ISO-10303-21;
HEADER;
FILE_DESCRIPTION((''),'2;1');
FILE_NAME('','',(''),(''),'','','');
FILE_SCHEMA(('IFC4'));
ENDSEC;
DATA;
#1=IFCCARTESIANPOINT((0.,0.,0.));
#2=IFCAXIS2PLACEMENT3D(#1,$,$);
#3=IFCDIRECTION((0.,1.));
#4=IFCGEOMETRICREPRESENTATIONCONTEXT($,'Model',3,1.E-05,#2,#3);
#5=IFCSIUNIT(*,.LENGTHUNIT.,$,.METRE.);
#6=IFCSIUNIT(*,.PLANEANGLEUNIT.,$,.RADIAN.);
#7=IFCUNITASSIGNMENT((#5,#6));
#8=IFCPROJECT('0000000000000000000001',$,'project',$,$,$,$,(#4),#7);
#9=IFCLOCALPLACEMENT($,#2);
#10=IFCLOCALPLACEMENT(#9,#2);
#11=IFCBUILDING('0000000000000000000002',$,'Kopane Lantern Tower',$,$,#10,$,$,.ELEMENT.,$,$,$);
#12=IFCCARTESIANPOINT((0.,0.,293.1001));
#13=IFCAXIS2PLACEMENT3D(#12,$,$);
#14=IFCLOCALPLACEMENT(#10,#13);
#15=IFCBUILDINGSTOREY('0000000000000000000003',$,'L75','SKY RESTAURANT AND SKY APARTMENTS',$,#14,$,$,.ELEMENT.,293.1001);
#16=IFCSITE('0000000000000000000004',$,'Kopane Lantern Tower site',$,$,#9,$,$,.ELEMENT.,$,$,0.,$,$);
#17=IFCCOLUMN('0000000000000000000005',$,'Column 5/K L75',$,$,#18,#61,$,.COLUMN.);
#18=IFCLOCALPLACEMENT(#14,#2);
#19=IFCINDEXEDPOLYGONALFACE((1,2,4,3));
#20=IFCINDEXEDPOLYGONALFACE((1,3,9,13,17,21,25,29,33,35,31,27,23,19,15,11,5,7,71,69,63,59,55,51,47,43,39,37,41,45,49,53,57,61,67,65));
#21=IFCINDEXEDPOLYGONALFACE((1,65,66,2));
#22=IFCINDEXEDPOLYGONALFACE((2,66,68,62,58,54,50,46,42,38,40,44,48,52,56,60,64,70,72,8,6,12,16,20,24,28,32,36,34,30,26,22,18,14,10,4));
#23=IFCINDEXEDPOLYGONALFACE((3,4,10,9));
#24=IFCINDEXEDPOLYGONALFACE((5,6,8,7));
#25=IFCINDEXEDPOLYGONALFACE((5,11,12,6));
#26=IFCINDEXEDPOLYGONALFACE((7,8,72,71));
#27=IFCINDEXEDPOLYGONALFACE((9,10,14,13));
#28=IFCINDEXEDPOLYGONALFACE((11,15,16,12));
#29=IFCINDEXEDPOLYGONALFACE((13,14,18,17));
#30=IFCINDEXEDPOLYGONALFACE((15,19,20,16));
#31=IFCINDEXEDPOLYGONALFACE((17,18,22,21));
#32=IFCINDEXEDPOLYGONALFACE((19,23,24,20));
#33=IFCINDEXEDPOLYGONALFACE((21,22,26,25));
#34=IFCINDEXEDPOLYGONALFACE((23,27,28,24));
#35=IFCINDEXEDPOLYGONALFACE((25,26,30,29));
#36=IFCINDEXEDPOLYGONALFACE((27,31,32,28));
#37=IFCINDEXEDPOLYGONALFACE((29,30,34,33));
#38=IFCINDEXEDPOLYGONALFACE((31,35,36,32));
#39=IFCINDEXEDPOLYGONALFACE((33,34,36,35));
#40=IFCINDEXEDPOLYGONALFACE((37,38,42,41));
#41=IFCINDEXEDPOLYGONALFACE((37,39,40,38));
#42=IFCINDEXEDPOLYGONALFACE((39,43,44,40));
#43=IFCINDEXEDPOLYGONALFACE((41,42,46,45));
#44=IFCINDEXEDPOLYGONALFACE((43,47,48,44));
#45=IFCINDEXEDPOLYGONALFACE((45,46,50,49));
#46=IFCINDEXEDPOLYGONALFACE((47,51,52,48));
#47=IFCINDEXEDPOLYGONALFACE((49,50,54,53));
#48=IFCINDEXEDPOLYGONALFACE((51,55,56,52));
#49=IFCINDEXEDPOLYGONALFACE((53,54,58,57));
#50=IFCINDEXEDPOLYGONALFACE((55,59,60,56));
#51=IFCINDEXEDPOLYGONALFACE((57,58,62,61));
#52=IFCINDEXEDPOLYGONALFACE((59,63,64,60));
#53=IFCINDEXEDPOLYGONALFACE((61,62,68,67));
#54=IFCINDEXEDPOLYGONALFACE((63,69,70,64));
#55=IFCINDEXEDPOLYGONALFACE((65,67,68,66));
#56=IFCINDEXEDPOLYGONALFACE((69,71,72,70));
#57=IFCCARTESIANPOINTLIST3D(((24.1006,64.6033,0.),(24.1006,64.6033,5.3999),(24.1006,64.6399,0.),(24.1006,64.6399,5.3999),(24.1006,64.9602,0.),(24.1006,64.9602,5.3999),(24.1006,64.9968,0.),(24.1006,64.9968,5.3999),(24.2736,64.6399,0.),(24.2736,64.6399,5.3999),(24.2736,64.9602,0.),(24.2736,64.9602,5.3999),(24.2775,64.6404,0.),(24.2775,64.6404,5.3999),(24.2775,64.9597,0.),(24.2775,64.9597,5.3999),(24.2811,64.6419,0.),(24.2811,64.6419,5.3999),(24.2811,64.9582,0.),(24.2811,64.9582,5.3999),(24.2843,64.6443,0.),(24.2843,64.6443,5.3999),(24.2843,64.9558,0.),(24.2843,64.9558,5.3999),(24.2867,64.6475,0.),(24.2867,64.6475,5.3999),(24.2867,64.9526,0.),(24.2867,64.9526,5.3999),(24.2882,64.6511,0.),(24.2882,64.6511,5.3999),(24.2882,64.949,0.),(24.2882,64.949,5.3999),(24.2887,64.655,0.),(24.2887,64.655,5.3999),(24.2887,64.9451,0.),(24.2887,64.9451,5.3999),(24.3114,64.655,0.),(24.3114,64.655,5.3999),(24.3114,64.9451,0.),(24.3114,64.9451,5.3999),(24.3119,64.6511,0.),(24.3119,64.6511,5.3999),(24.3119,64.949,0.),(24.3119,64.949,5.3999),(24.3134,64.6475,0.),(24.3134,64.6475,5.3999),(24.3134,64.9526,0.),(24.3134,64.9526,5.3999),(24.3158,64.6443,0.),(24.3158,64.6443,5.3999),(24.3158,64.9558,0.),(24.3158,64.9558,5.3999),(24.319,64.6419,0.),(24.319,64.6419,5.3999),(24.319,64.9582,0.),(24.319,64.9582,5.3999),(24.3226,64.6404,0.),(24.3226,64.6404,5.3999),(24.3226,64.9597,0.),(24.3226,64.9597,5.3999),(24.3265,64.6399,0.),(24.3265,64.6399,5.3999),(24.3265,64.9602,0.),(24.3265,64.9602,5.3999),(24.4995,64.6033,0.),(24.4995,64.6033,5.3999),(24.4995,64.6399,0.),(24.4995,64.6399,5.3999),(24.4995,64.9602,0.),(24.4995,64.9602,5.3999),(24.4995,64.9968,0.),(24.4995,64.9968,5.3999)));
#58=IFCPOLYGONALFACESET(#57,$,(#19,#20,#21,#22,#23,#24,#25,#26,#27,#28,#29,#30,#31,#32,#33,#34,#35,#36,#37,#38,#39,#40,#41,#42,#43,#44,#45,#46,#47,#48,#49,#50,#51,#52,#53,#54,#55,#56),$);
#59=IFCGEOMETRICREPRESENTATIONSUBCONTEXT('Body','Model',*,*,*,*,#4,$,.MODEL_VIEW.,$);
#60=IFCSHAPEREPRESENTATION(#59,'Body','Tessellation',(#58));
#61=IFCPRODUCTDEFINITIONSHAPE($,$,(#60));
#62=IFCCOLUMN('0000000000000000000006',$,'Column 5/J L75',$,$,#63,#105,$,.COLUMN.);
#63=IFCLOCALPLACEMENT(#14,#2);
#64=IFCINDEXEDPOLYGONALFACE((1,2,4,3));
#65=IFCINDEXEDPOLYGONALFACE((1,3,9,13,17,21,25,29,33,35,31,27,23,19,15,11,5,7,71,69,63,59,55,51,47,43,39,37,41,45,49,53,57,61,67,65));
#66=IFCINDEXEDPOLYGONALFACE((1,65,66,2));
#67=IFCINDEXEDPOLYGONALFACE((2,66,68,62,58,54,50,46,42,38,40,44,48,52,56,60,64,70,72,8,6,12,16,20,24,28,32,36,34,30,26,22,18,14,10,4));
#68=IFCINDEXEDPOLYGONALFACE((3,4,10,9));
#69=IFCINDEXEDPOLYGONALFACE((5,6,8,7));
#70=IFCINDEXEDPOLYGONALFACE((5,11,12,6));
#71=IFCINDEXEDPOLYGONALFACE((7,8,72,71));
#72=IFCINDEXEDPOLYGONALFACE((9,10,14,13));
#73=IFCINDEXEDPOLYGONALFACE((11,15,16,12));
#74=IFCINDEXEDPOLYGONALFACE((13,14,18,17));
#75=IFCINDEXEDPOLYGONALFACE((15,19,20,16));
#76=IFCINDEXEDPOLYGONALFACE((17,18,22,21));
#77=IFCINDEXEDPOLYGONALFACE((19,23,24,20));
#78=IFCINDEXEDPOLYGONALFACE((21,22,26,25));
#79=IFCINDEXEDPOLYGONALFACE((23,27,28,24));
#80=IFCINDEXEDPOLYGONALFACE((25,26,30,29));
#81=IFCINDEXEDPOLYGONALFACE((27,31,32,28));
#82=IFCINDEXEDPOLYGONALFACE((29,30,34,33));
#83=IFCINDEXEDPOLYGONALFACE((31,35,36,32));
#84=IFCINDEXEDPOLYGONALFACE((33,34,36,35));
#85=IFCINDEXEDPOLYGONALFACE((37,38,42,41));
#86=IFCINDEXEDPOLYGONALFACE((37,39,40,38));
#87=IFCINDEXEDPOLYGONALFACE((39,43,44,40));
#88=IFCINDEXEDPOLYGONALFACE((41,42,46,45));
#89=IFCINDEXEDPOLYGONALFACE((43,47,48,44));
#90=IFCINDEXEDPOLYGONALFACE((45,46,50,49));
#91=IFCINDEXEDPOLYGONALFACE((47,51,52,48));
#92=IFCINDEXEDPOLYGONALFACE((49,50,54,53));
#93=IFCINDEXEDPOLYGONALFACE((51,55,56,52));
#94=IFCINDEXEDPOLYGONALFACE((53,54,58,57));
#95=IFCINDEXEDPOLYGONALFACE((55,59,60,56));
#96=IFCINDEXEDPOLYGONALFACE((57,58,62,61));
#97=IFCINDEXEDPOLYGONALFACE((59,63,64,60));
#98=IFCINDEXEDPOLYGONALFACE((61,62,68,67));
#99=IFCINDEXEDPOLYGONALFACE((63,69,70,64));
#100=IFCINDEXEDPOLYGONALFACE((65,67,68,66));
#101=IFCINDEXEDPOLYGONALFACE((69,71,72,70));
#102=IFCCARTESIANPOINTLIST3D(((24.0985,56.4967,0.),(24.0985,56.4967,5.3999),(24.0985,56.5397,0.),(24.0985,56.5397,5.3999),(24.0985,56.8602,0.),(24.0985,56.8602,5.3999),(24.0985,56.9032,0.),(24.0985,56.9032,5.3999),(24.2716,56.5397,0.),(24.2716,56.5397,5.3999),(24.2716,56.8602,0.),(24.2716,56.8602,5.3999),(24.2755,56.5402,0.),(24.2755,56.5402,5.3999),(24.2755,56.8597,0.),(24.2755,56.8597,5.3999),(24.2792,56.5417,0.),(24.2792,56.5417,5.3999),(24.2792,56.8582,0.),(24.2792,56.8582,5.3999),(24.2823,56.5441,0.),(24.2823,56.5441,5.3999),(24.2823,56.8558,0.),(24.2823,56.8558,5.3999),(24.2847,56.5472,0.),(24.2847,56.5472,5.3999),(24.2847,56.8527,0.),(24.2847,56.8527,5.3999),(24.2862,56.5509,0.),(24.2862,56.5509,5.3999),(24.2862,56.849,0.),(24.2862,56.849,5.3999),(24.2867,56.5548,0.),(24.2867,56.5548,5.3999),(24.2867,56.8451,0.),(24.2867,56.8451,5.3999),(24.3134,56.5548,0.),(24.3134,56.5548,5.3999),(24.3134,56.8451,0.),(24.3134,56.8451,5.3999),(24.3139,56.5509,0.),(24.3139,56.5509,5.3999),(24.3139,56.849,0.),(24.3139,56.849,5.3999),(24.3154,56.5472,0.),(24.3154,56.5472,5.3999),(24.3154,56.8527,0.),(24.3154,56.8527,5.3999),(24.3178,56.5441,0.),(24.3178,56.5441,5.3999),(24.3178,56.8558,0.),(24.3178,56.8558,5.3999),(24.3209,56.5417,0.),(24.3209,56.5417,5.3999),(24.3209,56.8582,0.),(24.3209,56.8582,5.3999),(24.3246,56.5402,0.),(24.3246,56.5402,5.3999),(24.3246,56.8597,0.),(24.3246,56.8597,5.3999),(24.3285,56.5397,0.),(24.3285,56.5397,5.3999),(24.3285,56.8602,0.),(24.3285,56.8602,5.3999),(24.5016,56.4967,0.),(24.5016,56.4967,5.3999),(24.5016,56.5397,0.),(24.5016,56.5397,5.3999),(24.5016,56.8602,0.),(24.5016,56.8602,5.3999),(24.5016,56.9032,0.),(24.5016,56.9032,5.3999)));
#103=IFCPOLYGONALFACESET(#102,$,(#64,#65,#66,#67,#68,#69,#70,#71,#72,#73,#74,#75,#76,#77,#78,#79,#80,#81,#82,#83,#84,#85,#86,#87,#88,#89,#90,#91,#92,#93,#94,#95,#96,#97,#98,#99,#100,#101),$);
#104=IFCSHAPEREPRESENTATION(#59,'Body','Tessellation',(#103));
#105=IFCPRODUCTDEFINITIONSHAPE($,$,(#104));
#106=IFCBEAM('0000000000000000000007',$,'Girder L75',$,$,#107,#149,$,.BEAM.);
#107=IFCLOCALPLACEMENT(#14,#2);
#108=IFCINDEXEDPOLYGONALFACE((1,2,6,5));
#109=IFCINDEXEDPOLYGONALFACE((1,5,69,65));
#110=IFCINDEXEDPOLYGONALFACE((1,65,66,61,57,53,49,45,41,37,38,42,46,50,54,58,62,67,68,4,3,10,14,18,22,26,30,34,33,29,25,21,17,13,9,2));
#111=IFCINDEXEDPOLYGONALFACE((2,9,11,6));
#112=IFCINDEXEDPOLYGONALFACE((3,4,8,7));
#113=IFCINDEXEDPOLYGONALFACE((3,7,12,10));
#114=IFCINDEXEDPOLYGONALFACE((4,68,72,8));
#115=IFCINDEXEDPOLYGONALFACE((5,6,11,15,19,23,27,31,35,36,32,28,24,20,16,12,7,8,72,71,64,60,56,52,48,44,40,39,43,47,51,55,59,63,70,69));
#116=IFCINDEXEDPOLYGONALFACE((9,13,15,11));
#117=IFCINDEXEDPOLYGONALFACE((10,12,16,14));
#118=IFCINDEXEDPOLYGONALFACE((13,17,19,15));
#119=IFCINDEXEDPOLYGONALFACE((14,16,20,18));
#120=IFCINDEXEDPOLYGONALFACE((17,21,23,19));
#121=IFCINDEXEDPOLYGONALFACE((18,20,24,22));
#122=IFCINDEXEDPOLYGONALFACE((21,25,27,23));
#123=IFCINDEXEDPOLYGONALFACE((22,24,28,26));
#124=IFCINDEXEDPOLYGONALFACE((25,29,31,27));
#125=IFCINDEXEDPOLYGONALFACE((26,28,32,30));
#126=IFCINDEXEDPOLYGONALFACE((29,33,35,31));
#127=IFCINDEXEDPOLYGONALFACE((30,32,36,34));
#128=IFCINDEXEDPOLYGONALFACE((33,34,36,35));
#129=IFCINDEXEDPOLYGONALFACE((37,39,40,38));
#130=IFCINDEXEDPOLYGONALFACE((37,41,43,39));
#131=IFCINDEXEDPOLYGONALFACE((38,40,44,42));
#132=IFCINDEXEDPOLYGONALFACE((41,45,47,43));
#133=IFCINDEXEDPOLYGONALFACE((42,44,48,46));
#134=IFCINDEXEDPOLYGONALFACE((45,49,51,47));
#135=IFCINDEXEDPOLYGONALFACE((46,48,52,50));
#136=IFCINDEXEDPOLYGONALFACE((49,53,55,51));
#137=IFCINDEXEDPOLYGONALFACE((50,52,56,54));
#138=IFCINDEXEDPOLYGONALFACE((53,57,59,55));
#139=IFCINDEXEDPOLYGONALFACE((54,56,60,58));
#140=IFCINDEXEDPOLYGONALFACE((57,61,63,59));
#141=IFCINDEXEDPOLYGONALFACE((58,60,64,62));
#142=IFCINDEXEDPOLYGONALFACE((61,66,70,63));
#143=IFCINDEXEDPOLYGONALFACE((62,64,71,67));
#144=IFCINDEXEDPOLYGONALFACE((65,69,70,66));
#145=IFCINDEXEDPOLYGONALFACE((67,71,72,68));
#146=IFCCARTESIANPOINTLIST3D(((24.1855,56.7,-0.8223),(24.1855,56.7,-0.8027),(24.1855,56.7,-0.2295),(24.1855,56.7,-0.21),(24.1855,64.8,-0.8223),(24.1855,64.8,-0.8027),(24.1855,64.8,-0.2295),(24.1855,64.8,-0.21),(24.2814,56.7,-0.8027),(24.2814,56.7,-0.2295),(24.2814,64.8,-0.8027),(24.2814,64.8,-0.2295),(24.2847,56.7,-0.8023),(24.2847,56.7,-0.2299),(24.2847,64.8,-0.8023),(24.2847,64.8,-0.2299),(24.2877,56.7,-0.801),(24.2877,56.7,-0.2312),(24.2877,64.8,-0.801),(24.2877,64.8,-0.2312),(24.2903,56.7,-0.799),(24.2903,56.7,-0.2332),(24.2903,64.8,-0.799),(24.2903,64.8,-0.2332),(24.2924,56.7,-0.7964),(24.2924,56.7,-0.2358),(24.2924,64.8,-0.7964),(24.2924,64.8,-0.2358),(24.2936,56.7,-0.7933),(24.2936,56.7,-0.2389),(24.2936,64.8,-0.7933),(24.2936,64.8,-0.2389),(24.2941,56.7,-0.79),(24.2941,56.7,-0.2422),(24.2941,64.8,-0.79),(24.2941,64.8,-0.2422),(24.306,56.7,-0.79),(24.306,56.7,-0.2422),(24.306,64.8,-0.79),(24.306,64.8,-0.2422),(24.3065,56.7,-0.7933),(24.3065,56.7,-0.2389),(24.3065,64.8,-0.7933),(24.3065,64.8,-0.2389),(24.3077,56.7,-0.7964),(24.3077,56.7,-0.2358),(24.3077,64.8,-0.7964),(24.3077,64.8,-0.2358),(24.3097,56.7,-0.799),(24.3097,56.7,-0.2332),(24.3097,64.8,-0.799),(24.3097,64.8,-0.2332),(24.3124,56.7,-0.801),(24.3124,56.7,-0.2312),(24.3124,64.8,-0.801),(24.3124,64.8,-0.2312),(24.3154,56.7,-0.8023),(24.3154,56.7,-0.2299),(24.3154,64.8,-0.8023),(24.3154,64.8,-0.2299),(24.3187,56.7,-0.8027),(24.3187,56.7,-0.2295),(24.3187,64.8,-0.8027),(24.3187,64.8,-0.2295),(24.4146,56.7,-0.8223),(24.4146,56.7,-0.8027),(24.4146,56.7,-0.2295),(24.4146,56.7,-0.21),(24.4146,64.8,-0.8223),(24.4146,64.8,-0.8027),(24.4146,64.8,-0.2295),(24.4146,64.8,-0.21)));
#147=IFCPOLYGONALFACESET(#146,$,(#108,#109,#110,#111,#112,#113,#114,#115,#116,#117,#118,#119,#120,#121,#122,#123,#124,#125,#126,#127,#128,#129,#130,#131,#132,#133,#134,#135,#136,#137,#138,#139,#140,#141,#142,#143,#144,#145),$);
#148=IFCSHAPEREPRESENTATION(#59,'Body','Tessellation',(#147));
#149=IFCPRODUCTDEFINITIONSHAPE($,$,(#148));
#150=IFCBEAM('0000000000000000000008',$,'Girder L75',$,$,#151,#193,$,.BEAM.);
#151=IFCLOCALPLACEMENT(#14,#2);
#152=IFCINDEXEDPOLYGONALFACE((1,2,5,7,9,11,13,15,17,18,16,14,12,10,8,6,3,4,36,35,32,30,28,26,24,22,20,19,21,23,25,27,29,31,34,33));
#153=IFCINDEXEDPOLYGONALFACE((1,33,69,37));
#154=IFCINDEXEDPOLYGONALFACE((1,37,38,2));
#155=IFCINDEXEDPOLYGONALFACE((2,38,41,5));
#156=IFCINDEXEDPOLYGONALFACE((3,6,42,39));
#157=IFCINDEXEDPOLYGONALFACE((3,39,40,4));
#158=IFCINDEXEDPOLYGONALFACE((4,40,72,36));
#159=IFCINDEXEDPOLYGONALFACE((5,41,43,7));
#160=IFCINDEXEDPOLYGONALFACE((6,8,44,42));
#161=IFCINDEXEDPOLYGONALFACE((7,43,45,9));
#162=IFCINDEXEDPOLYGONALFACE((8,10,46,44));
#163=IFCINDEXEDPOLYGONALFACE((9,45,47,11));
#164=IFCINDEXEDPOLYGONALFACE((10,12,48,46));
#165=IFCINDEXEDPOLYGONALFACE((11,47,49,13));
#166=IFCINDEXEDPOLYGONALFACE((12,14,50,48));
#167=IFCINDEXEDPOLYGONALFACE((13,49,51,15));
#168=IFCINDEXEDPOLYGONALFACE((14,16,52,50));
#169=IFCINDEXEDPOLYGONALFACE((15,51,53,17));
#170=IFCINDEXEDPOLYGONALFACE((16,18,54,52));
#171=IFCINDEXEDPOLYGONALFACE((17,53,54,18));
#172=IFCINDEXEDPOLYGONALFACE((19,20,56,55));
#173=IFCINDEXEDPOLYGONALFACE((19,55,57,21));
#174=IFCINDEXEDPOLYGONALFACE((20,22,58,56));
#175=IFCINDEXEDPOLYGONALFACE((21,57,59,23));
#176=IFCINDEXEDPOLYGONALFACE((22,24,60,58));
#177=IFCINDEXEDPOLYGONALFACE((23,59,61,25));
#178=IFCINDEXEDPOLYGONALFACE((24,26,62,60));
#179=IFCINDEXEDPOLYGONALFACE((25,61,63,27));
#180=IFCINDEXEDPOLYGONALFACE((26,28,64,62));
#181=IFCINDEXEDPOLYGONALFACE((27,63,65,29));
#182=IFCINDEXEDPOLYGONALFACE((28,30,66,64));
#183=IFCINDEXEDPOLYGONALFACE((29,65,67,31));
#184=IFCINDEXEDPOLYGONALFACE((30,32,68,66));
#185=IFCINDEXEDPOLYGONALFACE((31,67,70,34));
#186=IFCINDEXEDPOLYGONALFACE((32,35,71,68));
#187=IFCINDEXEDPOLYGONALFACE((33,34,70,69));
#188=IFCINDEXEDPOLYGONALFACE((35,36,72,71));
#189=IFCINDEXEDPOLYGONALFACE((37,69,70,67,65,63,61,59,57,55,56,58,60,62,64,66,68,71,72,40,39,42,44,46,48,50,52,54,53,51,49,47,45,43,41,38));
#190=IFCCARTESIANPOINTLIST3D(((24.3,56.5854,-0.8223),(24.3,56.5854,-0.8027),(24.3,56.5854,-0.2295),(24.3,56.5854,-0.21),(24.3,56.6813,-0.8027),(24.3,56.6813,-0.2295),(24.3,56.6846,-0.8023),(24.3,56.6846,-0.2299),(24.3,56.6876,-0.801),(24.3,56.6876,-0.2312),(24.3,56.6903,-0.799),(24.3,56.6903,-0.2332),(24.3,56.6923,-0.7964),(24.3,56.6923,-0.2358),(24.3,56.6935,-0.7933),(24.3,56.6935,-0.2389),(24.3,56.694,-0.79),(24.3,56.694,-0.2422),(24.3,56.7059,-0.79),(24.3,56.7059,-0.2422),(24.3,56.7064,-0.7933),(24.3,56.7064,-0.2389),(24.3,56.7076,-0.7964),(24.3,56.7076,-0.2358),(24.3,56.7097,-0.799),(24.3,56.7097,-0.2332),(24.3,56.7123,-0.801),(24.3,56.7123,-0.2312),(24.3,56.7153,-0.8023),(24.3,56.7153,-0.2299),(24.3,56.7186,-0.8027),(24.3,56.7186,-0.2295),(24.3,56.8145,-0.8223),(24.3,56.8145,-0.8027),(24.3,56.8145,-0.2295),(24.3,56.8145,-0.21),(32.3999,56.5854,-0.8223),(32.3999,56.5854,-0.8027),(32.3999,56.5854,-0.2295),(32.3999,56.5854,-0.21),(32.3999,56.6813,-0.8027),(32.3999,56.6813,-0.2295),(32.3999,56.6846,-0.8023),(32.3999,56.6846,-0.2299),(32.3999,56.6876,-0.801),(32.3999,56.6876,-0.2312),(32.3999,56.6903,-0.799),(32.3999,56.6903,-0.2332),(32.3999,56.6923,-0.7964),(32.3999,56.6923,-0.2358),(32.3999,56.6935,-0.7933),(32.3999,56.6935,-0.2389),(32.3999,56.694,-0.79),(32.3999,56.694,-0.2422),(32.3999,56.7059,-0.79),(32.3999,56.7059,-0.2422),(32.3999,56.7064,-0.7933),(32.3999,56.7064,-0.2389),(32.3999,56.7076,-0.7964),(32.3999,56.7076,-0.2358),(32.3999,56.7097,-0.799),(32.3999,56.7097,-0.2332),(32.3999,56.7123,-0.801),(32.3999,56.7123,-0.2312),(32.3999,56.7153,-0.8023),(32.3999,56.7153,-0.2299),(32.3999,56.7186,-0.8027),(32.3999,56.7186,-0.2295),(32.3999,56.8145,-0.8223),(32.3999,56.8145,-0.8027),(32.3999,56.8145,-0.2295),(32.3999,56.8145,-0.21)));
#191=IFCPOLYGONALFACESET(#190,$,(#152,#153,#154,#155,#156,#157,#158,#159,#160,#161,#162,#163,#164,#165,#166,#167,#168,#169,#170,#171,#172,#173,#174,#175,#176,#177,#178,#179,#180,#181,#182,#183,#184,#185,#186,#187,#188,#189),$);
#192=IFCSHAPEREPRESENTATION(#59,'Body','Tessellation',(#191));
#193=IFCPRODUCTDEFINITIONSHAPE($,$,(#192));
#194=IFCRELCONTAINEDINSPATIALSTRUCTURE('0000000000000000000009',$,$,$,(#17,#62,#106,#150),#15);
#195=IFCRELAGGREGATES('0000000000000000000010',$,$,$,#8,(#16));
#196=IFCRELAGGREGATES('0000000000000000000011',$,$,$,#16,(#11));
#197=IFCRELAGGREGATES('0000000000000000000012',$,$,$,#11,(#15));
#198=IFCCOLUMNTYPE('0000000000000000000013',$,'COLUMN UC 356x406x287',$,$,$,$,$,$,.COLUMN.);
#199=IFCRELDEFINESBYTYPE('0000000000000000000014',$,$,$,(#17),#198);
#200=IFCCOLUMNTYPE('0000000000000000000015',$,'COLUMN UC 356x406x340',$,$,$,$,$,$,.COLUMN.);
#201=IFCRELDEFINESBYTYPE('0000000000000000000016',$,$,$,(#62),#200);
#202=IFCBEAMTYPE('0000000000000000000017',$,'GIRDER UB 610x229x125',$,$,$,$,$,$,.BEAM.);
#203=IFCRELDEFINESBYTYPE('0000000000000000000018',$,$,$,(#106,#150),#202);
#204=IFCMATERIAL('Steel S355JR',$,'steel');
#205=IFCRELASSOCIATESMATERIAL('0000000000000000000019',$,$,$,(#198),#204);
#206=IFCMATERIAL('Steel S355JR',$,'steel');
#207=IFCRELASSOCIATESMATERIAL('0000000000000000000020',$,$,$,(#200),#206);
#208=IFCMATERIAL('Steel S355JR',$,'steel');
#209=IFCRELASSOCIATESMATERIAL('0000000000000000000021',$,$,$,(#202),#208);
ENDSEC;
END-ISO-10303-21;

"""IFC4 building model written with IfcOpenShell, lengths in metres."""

from ifc_helpers import new_model, si_unit, direction, frame, origin, origin_2d, place, context, subcontext, project, spatial, i_section, extrude, material, material_profile, profile_set, type_object, element, save


model = new_model("IFC4")

# Units and contexts
model_context = context("Model", 3, precision=1e-05, world=origin(), true_north=direction((0.0, 1.0)))
body_context = subcontext(model_context, "Body", "Model", "MODEL_VIEW")
ifc_project = project(units=[si_unit("LENGTHUNIT", "METRE"), si_unit("PLANEANGLEUNIT", "RADIAN")], contexts=[model_context])

# Site, building, storey
site_placement = place(None, origin())
site = spatial("IfcSite", under=ifc_project, at=site_placement, Name="Kopane Lantern Tower site", CompositionType="ELEMENT", RefElevation=0.0)
building_placement = place(site_placement, origin())
building = spatial("IfcBuilding", under=site, at=building_placement, Name="Kopane Lantern Tower", CompositionType="ELEMENT")
storey_placement = place(building_placement, frame((0.0, 0.0, 293.1001)))
storey = spatial("IfcBuildingStorey", under=building, at=storey_placement, Name="L75", Description="SKY RESTAURANT AND SKY APARTMENTS", CompositionType="ELEMENT", Elevation=293.1001)

# Columns
ifc_material_1 = material(Name="Steel S355JR", Category="steel")
ifc_material_profile_1 = material_profile(ifc_material_1, i_section(OverallWidth=0.3989, OverallDepth=0.3936, WebThickness=0.0227, FlangeThickness=0.0366, FilletRadius=0.0151, at=origin_2d()), Name="UC 356x406x287")
ifc_profile_set_1 = profile_set([ifc_material_profile_1], Name="Steel S355JR")
column_type_1 = type_object("IfcColumnType", Name="COLUMN UC 356x406x287", PredefinedType="COLUMN", material=ifc_profile_set_1)
column_1_placement = place(storey_placement, frame((24.3, 64.8, 0.0), z_axis=(0.0, 0.0, 1.0), x_axis=(1.0, 0.0, 0.0)))
element("IfcColumn", 1, at=column_1_placement, inside=storey, type_object=column_type_1, Name="Column 5/K L75", PredefinedType="COLUMN", context=body_context, shape_type="SweptSolid", body=[
    extrude(i_section(OverallWidth=0.3989, OverallDepth=0.3936, WebThickness=0.0227, FlangeThickness=0.0366, FilletRadius=0.0151, at=origin_2d()), origin(), (0.0, 0.0, 1.0), 5.3999),
])
ifc_material_2 = material(Name="Steel S355JR", Category="steel")
ifc_material_profile_2 = material_profile(ifc_material_2, i_section(OverallWidth=0.4031, OverallDepth=0.4065, WebThickness=0.0266, FlangeThickness=0.043, FilletRadius=0.0151, at=origin_2d()), Name="UC 356x406x340")
ifc_profile_set_2 = profile_set([ifc_material_profile_2], Name="Steel S355JR")
column_type_2 = type_object("IfcColumnType", Name="COLUMN UC 356x406x340", PredefinedType="COLUMN", material=ifc_profile_set_2)
column_2_placement = place(storey_placement, frame((24.3, 56.7, 0.0), z_axis=(0.0, 0.0, 1.0), x_axis=(1.0, 0.0, 0.0)))
element("IfcColumn", 2, at=column_2_placement, inside=storey, type_object=column_type_2, Name="Column 5/J L75", PredefinedType="COLUMN", context=body_context, shape_type="SweptSolid", body=[
    extrude(i_section(OverallWidth=0.4031, OverallDepth=0.4065, WebThickness=0.0266, FlangeThickness=0.043, FilletRadius=0.0151, at=origin_2d()), origin(), (0.0, 0.0, 1.0), 5.3999),
])

# Beams
ifc_material_3 = material(Name="Steel S355JR", Category="steel")
ifc_material_profile_3 = material_profile(ifc_material_3, i_section(OverallWidth=0.229, OverallDepth=0.6123, WebThickness=0.012, FlangeThickness=0.0195, FilletRadius=0.0127, at=origin_2d()), Name="UB 610x229x125")
ifc_profile_set_3 = profile_set([ifc_material_profile_3], Name="Steel S355JR")
beam_type = type_object("IfcBeamType", Name="GIRDER UB 610x229x125", PredefinedType="BEAM", material=ifc_profile_set_3)
beam_placement = place(storey_placement, frame((24.3, 56.7, -0.5161), z_axis=(0.0, 1.0, 0.0), x_axis=(-1.0, 0.0, 0.0)))
element("IfcBeam", 3, at=beam_placement, inside=storey, type_object=beam_type, Name="Girder L75", PredefinedType="BEAM", context=body_context, shape_type="SweptSolid", body=[
    extrude(i_section(OverallWidth=0.229, OverallDepth=0.6123, WebThickness=0.012, FlangeThickness=0.0195, FilletRadius=0.0127, at=origin_2d()), origin(), (0.0, 0.0, 1.0), 8.1001),
])
for number, where, z_axis, x_axis, name in (
    (4, (24.3, 56.7, -0.5161), (1.0, 0.0, 0.0), (0.0, 1.0, 0.0), "Girder L75"),
):
    element("IfcBeam", number, at=place(storey_placement, frame(where, z_axis=z_axis, x_axis=x_axis)), inside=storey, type_object=beam_type, Name=name, PredefinedType="BEAM", context=body_context, shape_type="SweptSolid", body=[
        extrude(i_section(OverallWidth=0.229, OverallDepth=0.6123, WebThickness=0.012, FlangeThickness=0.0195, FilletRadius=0.0127, at=origin_2d()), origin(), (0.0, 0.0, 1.0), 8.0999),
    ])

save(model, "model.ifc")
